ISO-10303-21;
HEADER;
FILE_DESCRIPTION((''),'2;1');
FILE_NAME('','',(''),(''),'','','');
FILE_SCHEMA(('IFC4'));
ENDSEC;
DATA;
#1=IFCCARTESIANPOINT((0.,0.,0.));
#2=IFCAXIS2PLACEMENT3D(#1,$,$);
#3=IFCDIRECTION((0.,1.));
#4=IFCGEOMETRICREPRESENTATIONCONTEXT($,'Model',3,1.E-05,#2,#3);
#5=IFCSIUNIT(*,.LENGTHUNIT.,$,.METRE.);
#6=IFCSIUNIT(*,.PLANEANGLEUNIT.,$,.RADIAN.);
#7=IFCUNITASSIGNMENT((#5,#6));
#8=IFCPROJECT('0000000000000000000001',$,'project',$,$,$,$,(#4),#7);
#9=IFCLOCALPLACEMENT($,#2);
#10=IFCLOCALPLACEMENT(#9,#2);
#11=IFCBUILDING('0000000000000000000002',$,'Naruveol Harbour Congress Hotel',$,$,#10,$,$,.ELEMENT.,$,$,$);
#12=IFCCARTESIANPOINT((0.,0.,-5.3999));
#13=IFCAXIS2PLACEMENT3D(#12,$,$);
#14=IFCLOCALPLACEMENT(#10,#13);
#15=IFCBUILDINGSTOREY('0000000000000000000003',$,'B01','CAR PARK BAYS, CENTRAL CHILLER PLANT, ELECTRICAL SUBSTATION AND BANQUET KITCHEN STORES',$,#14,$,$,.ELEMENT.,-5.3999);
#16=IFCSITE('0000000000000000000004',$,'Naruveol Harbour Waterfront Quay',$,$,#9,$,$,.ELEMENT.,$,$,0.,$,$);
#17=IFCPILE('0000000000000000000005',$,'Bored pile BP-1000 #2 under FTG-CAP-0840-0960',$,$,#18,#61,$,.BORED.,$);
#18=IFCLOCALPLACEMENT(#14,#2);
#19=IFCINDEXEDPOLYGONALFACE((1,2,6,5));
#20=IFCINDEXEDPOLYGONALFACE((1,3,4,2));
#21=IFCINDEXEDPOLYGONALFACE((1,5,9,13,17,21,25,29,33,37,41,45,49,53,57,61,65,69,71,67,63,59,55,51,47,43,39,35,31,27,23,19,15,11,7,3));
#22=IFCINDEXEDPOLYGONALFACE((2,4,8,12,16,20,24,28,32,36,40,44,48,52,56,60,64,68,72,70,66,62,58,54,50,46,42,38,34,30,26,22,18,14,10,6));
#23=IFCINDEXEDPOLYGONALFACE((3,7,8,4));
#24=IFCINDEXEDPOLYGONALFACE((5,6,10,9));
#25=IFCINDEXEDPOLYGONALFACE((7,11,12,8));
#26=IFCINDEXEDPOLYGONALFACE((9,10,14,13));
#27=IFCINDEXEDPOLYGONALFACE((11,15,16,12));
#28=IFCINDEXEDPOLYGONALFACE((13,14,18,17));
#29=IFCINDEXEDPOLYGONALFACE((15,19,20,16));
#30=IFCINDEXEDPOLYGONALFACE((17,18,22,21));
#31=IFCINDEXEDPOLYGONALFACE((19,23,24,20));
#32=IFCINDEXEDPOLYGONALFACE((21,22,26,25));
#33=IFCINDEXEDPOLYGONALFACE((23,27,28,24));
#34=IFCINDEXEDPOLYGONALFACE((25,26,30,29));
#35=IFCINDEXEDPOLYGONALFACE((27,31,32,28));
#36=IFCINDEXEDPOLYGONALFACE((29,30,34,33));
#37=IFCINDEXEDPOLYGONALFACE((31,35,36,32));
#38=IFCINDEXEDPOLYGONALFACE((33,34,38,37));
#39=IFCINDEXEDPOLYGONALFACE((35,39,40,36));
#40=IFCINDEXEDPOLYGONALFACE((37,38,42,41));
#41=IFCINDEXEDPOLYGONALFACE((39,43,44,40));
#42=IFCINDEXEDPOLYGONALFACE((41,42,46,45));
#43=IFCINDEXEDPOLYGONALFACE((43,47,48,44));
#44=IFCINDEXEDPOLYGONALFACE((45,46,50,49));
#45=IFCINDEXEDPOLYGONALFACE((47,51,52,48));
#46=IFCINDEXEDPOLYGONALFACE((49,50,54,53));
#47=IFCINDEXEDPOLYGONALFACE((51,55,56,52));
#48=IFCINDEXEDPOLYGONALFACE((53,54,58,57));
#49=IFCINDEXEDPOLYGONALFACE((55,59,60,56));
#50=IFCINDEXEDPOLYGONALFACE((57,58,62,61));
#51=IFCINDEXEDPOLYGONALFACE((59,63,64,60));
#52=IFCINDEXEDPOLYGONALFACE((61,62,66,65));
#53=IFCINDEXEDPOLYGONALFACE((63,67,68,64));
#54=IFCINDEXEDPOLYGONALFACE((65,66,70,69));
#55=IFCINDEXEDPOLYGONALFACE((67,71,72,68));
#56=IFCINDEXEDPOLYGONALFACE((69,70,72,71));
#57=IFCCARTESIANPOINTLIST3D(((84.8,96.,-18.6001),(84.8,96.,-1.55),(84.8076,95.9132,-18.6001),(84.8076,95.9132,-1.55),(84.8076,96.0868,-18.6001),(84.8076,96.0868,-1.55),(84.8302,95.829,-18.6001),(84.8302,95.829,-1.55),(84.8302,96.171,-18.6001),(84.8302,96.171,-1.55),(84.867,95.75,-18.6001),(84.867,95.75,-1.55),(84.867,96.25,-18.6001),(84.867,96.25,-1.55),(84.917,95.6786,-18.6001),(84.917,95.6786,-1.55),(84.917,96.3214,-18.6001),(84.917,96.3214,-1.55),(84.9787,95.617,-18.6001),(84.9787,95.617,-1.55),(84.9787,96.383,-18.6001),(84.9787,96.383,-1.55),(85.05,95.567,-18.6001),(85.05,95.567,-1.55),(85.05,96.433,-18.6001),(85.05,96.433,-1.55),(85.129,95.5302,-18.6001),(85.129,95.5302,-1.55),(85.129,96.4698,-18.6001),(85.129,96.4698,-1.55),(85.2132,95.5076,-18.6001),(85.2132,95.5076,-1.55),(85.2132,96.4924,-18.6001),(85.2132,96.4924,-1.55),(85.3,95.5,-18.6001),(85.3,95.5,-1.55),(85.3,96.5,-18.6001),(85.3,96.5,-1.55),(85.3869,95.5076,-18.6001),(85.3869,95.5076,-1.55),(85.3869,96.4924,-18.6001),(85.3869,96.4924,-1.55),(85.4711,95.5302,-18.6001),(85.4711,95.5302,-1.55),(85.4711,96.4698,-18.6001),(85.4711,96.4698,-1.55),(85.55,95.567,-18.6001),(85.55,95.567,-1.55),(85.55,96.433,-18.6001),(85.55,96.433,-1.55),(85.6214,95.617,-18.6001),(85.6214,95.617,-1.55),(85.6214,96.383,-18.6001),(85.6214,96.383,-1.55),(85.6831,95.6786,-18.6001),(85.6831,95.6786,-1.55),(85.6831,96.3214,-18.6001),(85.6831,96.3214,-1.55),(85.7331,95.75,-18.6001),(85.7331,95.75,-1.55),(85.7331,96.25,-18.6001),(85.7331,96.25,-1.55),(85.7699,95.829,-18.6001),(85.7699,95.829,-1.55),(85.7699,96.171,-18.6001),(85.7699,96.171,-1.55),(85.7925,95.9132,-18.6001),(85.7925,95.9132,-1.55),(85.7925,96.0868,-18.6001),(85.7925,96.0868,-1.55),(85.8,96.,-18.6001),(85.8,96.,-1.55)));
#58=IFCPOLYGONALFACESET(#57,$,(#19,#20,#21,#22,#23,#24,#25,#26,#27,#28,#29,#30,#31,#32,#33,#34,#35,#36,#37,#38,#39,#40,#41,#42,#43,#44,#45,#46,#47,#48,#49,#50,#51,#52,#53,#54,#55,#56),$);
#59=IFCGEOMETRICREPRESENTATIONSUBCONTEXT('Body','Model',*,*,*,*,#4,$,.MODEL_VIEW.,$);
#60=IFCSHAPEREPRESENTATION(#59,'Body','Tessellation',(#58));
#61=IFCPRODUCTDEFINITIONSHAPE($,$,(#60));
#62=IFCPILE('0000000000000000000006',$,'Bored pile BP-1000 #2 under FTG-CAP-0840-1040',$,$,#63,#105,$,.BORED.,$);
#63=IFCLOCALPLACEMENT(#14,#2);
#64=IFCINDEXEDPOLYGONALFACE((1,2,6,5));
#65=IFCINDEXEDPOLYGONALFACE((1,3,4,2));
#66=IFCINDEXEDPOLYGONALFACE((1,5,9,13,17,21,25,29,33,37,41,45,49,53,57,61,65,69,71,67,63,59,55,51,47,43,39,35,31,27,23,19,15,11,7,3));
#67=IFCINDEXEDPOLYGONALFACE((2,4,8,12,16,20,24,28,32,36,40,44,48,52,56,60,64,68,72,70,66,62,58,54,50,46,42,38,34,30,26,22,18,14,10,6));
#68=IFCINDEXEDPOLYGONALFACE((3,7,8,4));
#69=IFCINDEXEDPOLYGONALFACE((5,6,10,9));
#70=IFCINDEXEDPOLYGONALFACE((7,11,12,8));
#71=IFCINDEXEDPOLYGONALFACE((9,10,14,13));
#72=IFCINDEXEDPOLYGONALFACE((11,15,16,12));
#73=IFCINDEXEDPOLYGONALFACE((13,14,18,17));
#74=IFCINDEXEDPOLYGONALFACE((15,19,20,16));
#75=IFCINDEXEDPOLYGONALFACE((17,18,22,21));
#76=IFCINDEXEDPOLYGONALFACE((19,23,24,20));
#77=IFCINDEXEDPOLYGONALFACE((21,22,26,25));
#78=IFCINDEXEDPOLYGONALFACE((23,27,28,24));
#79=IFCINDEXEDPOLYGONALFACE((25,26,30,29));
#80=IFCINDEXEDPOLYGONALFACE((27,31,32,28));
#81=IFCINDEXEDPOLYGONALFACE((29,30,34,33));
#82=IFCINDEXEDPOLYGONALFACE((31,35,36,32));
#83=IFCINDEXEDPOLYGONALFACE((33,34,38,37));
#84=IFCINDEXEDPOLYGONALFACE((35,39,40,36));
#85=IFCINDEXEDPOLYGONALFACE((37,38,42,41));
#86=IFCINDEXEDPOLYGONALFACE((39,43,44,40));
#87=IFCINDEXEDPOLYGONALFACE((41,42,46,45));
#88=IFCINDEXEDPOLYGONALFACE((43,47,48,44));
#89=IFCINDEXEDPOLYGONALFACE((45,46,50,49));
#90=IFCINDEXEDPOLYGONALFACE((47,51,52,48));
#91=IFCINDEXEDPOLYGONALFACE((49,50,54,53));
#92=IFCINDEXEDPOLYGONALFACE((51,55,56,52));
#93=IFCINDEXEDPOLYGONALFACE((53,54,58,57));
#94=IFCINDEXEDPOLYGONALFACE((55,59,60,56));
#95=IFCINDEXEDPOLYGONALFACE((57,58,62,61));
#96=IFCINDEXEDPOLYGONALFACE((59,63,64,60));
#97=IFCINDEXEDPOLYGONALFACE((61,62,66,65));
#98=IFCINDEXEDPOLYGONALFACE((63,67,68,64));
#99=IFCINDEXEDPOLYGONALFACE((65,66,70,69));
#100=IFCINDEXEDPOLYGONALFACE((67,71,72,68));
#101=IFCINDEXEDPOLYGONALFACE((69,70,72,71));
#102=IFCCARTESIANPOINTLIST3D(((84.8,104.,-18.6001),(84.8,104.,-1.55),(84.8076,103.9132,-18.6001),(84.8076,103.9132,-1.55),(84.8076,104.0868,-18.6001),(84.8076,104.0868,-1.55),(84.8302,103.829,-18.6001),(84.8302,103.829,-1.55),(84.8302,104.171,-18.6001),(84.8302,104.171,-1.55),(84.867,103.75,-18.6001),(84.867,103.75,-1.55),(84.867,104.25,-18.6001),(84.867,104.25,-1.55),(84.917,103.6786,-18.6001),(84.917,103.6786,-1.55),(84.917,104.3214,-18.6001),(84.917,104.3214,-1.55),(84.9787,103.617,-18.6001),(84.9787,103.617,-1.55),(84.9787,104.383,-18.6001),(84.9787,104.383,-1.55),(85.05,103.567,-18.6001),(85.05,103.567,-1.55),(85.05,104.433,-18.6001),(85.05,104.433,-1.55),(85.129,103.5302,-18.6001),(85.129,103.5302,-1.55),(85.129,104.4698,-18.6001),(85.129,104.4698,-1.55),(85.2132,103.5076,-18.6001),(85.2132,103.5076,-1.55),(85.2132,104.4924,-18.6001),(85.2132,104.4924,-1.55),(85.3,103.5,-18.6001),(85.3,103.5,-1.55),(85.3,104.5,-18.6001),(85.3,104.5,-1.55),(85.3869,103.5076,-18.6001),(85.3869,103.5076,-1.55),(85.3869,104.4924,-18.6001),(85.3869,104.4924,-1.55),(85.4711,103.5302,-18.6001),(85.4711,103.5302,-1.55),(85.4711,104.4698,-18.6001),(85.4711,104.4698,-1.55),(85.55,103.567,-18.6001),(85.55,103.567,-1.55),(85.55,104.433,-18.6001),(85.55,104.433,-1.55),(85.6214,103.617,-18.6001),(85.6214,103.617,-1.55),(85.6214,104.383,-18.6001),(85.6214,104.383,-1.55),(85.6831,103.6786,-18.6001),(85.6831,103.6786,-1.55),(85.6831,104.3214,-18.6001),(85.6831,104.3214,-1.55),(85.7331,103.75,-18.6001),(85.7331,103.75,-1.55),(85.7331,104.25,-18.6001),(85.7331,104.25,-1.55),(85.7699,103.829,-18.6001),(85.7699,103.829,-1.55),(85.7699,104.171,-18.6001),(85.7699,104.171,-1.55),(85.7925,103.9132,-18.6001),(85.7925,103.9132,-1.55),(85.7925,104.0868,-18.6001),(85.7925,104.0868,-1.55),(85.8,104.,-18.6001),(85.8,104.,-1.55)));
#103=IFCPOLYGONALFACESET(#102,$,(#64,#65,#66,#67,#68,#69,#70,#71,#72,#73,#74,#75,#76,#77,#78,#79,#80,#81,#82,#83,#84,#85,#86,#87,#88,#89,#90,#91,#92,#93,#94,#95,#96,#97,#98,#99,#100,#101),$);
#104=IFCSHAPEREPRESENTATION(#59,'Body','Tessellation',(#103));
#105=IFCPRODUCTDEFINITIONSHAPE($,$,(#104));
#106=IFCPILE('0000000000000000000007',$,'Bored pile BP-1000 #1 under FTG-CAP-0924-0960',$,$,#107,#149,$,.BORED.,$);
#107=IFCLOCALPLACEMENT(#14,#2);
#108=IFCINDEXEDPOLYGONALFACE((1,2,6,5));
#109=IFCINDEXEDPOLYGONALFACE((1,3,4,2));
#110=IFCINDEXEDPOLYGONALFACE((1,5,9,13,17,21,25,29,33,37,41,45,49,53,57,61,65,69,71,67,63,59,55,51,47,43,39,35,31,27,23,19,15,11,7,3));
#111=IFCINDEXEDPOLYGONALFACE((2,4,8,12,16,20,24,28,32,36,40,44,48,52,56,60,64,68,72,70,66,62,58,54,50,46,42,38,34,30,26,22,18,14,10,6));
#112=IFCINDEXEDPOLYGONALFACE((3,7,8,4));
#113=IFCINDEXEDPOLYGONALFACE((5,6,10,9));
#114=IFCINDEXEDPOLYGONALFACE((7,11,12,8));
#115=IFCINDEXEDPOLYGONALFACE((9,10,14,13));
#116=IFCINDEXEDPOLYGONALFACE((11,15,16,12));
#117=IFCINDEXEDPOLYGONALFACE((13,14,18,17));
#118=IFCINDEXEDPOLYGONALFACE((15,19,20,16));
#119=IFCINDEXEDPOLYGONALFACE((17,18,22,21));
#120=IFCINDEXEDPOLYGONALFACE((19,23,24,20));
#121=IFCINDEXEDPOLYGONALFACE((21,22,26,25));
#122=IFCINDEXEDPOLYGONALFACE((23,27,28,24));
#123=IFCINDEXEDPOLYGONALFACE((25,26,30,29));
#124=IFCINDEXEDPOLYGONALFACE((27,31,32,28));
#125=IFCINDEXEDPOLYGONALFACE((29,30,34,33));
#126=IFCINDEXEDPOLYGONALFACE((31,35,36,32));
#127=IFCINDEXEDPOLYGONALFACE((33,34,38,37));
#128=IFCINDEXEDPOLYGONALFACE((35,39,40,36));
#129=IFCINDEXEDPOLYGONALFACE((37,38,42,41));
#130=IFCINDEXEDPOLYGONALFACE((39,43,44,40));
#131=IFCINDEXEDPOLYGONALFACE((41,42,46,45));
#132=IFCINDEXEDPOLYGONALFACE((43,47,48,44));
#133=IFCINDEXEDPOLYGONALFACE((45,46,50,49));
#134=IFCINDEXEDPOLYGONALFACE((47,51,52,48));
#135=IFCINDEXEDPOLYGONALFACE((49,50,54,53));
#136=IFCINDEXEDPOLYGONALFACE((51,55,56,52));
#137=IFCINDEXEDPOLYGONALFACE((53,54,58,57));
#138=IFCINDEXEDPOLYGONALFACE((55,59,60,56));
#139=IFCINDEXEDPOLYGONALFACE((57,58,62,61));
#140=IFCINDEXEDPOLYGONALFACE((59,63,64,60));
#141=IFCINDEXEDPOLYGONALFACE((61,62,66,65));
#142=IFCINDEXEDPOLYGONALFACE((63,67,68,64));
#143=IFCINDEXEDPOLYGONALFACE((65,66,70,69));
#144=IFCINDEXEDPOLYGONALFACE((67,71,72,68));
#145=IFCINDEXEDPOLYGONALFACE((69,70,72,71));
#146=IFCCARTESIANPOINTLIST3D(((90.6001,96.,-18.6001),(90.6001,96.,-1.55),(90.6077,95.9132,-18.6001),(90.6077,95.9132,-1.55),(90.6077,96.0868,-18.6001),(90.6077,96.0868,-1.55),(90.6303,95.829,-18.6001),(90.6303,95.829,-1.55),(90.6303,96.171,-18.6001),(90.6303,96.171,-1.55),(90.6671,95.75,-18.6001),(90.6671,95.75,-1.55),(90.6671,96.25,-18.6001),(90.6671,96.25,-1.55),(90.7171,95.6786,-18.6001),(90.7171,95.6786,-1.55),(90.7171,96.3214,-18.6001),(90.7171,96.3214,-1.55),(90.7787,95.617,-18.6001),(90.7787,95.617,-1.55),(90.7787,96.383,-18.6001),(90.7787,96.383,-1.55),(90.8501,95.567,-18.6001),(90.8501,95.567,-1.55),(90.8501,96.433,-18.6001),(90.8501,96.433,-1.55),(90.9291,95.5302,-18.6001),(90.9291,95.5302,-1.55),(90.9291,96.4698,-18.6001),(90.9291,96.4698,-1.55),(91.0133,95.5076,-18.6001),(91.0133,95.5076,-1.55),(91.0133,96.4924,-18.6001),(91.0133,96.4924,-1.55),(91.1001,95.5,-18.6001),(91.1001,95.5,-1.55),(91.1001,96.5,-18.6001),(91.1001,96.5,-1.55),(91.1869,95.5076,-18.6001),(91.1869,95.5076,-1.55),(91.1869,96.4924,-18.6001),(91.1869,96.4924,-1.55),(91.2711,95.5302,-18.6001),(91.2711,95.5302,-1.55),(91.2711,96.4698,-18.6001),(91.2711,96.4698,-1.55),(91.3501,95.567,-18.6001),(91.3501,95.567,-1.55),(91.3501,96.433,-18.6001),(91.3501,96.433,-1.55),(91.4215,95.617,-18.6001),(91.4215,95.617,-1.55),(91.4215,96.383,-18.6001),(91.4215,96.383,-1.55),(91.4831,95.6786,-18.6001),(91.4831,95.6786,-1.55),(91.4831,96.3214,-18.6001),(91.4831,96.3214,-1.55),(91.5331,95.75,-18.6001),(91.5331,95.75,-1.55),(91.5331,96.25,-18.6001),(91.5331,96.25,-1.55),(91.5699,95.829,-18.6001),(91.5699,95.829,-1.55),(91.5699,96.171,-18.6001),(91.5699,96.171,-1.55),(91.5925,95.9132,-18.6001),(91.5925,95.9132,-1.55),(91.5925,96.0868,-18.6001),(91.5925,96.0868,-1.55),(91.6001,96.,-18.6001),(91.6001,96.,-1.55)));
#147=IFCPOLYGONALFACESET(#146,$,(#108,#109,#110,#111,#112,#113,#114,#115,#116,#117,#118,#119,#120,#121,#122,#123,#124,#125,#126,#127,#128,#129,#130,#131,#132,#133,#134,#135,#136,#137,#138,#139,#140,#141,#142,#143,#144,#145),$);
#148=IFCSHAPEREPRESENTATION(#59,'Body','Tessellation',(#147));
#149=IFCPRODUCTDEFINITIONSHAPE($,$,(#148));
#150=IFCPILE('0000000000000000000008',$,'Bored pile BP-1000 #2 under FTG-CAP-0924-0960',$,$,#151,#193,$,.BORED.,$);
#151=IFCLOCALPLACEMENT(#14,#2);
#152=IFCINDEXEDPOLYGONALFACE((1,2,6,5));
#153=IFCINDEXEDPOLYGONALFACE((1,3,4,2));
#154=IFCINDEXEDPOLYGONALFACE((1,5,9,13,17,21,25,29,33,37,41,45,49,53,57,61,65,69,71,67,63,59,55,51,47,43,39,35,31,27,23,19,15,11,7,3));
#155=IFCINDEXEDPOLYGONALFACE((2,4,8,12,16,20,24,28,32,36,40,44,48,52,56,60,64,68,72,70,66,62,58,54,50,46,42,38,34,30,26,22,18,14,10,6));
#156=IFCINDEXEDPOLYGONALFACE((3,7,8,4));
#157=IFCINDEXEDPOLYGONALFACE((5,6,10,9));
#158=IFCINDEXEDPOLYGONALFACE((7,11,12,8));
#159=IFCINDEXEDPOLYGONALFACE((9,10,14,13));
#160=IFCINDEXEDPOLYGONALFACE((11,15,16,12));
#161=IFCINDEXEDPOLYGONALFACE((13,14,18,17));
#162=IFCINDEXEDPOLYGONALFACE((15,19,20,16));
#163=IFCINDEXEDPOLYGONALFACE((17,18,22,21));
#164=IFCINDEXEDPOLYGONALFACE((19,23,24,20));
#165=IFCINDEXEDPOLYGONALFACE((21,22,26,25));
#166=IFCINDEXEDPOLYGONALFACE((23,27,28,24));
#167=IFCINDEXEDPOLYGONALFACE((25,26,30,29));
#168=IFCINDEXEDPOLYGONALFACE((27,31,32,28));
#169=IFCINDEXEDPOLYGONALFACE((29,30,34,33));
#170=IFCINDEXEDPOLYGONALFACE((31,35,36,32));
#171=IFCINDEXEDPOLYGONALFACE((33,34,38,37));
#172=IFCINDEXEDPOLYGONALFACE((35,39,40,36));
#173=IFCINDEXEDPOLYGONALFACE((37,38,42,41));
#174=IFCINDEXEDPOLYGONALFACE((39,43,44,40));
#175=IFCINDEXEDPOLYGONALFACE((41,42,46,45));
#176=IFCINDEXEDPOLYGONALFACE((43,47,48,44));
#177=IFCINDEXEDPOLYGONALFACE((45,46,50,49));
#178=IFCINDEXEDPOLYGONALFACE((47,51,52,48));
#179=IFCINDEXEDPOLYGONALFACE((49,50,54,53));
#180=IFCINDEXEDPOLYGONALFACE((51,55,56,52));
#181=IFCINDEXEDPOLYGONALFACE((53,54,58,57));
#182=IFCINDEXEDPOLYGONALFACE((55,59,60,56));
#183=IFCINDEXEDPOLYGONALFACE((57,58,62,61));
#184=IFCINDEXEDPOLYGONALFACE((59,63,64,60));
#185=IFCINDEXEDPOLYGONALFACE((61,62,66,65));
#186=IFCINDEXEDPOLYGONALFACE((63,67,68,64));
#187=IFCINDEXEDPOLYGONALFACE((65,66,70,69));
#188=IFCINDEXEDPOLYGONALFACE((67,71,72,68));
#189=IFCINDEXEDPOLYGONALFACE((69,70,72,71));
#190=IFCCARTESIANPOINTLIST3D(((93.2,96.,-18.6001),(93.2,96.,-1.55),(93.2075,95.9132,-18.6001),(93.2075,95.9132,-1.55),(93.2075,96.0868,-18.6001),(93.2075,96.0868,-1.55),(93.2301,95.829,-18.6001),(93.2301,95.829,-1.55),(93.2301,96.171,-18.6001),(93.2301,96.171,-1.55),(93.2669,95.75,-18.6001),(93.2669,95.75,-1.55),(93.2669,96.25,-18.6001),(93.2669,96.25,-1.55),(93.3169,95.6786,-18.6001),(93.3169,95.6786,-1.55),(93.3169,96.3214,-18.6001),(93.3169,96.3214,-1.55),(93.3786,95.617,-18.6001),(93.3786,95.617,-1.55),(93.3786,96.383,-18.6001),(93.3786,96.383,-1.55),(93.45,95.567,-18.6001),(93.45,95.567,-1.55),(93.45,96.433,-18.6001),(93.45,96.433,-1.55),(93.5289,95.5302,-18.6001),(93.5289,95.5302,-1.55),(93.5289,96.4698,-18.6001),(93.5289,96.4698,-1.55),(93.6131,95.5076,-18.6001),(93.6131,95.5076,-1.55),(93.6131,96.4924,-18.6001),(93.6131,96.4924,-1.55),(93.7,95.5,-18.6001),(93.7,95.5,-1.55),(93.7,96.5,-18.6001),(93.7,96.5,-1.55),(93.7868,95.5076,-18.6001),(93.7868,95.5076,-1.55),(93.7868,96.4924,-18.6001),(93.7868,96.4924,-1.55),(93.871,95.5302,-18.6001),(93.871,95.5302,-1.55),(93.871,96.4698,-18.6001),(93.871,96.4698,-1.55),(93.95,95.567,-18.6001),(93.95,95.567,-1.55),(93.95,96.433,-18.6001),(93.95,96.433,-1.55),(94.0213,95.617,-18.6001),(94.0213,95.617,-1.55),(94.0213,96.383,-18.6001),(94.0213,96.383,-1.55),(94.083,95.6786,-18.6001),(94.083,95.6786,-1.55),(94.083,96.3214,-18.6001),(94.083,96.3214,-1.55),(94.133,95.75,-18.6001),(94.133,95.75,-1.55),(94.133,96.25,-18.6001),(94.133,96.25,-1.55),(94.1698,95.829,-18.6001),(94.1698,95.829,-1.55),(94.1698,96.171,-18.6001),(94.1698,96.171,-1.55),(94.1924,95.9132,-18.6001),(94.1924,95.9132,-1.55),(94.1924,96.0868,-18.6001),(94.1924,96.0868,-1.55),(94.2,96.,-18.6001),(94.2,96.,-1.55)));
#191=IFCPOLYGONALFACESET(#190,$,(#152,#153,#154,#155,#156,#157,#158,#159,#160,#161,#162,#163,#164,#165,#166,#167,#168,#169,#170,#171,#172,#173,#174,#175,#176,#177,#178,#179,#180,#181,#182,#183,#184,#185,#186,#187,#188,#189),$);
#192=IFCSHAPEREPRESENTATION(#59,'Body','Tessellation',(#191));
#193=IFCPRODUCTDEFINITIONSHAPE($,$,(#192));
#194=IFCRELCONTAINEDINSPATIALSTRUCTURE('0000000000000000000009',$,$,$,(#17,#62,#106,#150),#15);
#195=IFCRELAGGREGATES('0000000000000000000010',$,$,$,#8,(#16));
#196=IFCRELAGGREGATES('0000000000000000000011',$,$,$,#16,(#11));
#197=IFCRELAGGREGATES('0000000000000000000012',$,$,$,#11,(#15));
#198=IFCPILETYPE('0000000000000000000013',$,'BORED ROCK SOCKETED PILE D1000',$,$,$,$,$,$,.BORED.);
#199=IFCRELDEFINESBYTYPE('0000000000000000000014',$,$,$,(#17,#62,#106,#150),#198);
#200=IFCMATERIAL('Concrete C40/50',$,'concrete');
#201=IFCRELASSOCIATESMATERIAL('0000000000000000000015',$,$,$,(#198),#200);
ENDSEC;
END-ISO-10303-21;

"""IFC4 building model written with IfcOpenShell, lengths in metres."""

from ifc_helpers import new_model, si_unit, direction, frame, origin, origin_2d, place, context, subcontext, project, spatial, circle, extrude, material, material_profile, profile_set, type_object, element, save


model = new_model("IFC4")

# Units and contexts
model_context = context("Model", 3, precision=1e-05, world=origin(), true_north=direction((0.0, 1.0)))
body_context = subcontext(model_context, "Body", "Model", "MODEL_VIEW")
ifc_project = project(units=[si_unit("LENGTHUNIT", "METRE"), si_unit("PLANEANGLEUNIT", "RADIAN")], contexts=[model_context])

# Site, building, storey
site_placement = place(None, origin())
site = spatial("IfcSite", under=ifc_project, at=site_placement, Name="Naruveol Harbour Waterfront Quay", CompositionType="ELEMENT", RefElevation=0.0)
building_placement = place(site_placement, origin())
building = spatial("IfcBuilding", under=site, at=building_placement, Name="Naruveol Harbour Congress Hotel", CompositionType="ELEMENT")
storey_placement = place(building_placement, frame((0.0, 0.0, -5.3999)))
storey = spatial("IfcBuildingStorey", under=building, at=storey_placement, Name="B01", Description="CAR PARK BAYS, CENTRAL CHILLER PLANT, ELECTRICAL SUBSTATION AND BANQUET KITCHEN STORES", CompositionType="ELEMENT", Elevation=-5.3999)

# Piles
ifc_material_1 = material(Name="Concrete C40/50", Category="concrete")
ifc_material_profile_1 = material_profile(ifc_material_1, circle(Radius=0.5, at=origin_2d()), Name="BP-1000")
ifc_profile_set_1 = profile_set([ifc_material_profile_1], Name="Concrete C40/50")
pile_type = type_object("IfcPileType", Name="BORED ROCK SOCKETED PILE D1000", PredefinedType="BORED", material=ifc_profile_set_1)
for number, where, z_axis, x_axis, name in (
    (1, (85.3, 96.0, -1.55), (0.0, 0.0, -1.0), (1.0, 0.0, 0.0), "Bored pile BP-1000 #2 under FTG-CAP-0840-0960"),
    (2, (85.3, 104.0, -1.55), (0.0, 0.0, -1.0), (1.0, 0.0, 0.0), "Bored pile BP-1000 #2 under FTG-CAP-0840-1040"),
    (3, (91.1001, 96.0, -1.55), (0.0, 0.0, -1.0), (1.0, 0.0, 0.0), "Bored pile BP-1000 #1 under FTG-CAP-0924-0960"),
    (4, (93.7, 96.0, -1.55), (0.0, 0.0, -1.0), (1.0, 0.0, 0.0), "Bored pile BP-1000 #2 under FTG-CAP-0924-0960"),
):
    element("IfcPile", number, at=place(storey_placement, frame(where, z_axis=z_axis, x_axis=x_axis)), inside=storey, type_object=pile_type, Name=name, PredefinedType="BORED", context=body_context, shape_type="SweptSolid", body=[
        extrude(circle(Radius=0.5, at=origin_2d()), origin(), (0.0, 0.0, 1.0), 17.05),
    ])

save(model, "model.ifc")
